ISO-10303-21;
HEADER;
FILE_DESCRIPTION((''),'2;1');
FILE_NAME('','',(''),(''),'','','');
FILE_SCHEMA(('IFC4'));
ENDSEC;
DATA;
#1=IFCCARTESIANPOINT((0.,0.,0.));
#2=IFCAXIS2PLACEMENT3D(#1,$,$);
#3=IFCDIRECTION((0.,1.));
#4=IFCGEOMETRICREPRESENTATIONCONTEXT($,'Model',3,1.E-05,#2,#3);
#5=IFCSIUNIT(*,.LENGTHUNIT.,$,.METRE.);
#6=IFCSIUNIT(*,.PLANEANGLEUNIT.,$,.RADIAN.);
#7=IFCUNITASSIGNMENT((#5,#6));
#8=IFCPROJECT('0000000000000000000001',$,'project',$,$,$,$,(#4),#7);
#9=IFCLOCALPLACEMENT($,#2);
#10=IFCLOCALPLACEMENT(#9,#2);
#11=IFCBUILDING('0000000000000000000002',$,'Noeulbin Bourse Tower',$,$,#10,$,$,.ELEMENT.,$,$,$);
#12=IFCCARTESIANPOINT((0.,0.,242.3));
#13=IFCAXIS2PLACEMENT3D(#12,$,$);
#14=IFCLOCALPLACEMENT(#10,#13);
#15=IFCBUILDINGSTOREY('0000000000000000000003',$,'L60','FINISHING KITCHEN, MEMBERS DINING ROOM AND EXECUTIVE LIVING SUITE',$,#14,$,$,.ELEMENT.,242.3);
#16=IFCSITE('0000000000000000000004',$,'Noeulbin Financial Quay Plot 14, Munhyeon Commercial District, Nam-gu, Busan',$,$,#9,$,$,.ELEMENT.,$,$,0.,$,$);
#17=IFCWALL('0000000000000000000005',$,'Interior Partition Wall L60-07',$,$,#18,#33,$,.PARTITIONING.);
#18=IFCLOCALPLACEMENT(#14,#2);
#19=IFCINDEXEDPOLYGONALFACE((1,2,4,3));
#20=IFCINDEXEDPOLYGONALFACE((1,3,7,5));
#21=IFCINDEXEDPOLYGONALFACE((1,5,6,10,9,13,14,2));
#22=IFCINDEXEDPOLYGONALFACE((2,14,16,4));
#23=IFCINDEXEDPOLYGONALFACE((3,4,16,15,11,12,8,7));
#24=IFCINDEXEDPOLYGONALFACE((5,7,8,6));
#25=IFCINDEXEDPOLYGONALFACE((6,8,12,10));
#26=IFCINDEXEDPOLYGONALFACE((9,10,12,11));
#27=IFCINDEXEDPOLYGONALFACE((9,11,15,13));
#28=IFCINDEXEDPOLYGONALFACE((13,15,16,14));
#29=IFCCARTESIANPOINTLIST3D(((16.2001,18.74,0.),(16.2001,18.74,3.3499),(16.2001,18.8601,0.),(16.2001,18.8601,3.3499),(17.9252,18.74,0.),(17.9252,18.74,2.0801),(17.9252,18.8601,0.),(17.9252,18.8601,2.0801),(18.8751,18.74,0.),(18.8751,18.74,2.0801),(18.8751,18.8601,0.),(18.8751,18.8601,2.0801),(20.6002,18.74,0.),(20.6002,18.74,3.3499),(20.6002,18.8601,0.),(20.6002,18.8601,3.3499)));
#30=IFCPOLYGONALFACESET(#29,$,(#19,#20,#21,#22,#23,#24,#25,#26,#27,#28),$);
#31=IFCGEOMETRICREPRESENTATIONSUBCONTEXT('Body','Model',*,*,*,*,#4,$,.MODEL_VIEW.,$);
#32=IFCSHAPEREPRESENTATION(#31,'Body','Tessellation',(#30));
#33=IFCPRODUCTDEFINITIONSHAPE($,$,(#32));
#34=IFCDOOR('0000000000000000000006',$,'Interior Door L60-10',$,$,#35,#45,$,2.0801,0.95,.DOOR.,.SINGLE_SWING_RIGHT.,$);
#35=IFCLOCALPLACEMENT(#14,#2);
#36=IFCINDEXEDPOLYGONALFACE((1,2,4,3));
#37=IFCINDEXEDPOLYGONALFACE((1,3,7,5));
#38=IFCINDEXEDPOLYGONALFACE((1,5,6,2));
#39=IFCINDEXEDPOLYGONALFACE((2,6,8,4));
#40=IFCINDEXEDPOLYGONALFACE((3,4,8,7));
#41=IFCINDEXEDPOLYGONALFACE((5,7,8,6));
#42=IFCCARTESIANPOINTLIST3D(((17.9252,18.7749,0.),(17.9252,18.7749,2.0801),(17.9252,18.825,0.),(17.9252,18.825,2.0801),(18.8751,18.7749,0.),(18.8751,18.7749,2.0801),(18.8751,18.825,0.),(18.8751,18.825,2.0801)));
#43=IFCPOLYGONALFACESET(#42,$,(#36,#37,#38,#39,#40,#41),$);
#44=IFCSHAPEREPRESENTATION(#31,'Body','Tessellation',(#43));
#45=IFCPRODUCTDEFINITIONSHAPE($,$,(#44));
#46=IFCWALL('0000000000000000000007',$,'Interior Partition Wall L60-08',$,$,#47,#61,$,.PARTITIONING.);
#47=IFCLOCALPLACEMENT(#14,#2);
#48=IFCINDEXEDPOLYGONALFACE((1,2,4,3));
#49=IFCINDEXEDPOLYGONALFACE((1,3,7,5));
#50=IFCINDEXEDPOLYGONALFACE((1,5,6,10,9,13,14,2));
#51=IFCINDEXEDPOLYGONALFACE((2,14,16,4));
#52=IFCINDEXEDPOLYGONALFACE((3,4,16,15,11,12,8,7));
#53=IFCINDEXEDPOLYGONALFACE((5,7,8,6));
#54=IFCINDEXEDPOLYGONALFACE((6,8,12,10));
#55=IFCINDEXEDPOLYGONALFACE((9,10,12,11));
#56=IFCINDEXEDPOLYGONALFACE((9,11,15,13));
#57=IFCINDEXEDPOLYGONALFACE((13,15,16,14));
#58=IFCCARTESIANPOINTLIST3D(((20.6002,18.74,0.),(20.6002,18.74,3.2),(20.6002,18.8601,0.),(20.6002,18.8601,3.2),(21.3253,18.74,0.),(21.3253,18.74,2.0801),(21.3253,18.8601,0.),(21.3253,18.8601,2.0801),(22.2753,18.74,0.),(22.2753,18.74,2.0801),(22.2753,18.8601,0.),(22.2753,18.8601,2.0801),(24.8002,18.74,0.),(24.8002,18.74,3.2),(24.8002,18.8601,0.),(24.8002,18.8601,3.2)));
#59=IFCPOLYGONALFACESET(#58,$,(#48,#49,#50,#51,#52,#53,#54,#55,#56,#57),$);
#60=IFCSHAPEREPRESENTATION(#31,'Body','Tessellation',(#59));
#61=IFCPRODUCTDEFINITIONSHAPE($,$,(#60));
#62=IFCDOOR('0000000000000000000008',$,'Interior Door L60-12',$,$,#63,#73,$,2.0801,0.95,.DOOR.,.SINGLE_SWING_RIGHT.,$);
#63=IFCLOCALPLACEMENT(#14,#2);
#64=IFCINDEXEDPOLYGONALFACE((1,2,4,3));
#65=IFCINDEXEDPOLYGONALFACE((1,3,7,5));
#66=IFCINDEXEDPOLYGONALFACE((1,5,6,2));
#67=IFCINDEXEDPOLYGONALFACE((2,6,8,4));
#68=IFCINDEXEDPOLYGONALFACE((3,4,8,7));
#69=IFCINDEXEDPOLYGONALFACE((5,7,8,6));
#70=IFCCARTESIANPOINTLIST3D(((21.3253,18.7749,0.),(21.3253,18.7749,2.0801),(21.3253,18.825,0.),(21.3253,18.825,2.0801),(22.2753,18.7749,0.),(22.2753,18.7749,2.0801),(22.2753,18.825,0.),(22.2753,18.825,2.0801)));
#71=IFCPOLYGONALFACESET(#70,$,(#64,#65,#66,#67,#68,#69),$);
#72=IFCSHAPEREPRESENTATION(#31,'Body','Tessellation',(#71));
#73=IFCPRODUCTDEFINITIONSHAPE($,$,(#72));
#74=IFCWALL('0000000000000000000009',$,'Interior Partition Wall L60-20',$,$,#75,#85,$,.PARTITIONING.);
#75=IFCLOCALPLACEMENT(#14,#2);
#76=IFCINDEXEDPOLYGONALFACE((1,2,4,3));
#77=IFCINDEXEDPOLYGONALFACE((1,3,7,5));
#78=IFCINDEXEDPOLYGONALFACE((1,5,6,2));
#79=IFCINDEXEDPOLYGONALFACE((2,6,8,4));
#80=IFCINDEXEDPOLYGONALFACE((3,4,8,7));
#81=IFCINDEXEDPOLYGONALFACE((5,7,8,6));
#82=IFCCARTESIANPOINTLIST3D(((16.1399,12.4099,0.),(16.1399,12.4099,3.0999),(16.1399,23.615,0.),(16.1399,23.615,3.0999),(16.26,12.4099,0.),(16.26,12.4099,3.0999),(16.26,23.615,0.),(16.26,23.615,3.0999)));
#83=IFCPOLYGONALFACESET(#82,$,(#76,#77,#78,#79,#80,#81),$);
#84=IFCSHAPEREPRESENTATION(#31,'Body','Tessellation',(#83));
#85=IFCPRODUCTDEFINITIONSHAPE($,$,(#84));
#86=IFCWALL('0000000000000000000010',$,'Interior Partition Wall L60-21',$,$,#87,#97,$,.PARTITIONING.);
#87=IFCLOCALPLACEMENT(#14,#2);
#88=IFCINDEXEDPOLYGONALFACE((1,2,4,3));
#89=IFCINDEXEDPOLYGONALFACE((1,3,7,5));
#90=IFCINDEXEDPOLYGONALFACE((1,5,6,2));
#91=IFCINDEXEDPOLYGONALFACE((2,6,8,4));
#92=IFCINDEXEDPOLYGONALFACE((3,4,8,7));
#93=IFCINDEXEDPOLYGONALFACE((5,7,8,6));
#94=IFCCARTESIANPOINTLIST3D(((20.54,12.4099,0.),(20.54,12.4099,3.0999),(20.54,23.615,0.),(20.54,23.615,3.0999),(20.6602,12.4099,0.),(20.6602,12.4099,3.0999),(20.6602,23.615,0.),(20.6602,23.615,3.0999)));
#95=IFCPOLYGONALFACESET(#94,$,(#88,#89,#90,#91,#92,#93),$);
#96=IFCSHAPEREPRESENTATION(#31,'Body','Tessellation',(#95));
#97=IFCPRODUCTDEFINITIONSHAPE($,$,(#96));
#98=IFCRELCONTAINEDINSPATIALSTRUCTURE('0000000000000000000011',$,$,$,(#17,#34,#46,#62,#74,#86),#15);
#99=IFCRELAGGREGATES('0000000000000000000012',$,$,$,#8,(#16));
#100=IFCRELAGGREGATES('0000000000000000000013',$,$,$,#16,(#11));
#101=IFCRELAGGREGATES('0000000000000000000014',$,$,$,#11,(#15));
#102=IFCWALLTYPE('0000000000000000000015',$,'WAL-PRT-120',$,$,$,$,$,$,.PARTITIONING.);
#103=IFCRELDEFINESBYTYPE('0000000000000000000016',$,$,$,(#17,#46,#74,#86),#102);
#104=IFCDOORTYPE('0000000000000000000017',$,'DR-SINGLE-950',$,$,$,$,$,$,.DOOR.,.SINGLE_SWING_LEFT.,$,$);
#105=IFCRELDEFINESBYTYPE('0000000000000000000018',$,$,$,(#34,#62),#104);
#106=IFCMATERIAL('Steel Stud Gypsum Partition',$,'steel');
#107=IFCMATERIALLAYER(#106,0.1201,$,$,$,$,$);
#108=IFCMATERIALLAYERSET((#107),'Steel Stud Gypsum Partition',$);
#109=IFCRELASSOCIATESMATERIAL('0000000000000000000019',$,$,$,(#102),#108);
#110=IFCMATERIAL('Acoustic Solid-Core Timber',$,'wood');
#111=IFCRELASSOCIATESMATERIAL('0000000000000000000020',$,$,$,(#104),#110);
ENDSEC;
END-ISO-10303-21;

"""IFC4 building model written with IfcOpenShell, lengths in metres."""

from ifc_helpers import new_model, si_unit, direction, frame, frame_2d, origin, place, context, subcontext, project, spatial, rectangle, extrude, material, layer, layer_set, type_object, element, fill, save


model = new_model("IFC4")

# Units and contexts
model_context = context("Model", 3, precision=1e-05, world=origin(), true_north=direction((0.0, 1.0)))
body_context = subcontext(model_context, "Body", "Model", "MODEL_VIEW")
ifc_project = project(units=[si_unit("LENGTHUNIT", "METRE"), si_unit("PLANEANGLEUNIT", "RADIAN")], contexts=[model_context])

# Site, building, storey
site_placement = place(None, origin())
site = spatial("IfcSite", under=ifc_project, at=site_placement, Name="Noeulbin Financial Quay Plot 14, Munhyeon Commercial District, Nam-gu, Busan", CompositionType="ELEMENT", RefElevation=0.0)
building_placement = place(site_placement, origin())
building = spatial("IfcBuilding", under=site, at=building_placement, Name="Noeulbin Bourse Tower", CompositionType="ELEMENT")
storey_placement = place(building_placement, frame((0.0, 0.0, 242.3)))
storey = spatial("IfcBuildingStorey", under=building, at=storey_placement, Name="L60", Description="FINISHING KITCHEN, MEMBERS DINING ROOM AND EXECUTIVE LIVING SUITE", CompositionType="ELEMENT", Elevation=242.3)

# Walls, openings, doors
ifc_material_1 = material(Name="Steel Stud Gypsum Partition", Category="steel")
ifc_layer_1 = layer(ifc_material_1, 0.1201)
ifc_layer_set_1 = layer_set([ifc_layer_1], Name="Steel Stud Gypsum Partition")
wall_type = type_object("IfcWallType", Name="WAL-PRT-120", PredefinedType="PARTITIONING", material=ifc_layer_set_1)
wall_1_placement = place(storey_placement, frame((16.2, 18.8, 0.0), z_axis=(0.0, 0.0, 1.0), x_axis=(1.0, 0.0, 0.0)))
wall_1 = element("IfcWall", 1, at=wall_1_placement, inside=storey, type_object=wall_type, Name="Interior Partition Wall L60-07", PredefinedType="PARTITIONING", context=body_context, shape_type="SweptSolid", body=[
    extrude(rectangle(XDim=4.4001, YDim=0.1201, at=frame_2d((2.2002, 0.0))), origin(), (0.0, 0.0, 1.0), 3.3499),
])
opening_1_placement = place(wall_1_placement, frame((1.7251, 0.0, 0.0)))
opening_1 = element("IfcOpeningElement", 2, at=opening_1_placement, cuts=wall_1, PredefinedType="OPENING", context=body_context, shape_type="SweptSolid", body=[
    extrude(rectangle(XDim=0.95, YDim=2.0801, at=frame_2d((0.4751, 1.04))), frame((0.0, 0.0701, 0.0), z_axis=(0.0, -1.0, 0.0), x_axis=(1.0, 0.0, 0.0)), (0.0, 0.0, 1.0), 0.1401),
])
ifc_material_2 = material(Name="Acoustic Solid-Core Timber", Category="wood")
door_type = type_object("IfcDoorType", Name="DR-SINGLE-950", OperationType="SINGLE_SWING_LEFT", PredefinedType="DOOR", material=ifc_material_2)
door_1_placement = place(opening_1_placement, origin())
door_1 = element("IfcDoor", 3, at=door_1_placement, inside=storey, type_object=door_type, Name="Interior Door L60-10", OperationType="SINGLE_SWING_RIGHT", OverallHeight=2.0801, OverallWidth=0.95, PredefinedType="DOOR", context=body_context, shape_type="SweptSolid", body=[
    extrude(rectangle(XDim=0.95, YDim=2.0801, at=frame_2d((0.4751, 1.04))), frame((0.0, 0.0249, 0.0), z_axis=(0.0, -1.0, 0.0), x_axis=(1.0, 0.0, 0.0)), (0.0, 0.0, 1.0), 0.05),
])
fill(opening_1, door_1)
wall_2_placement = place(storey_placement, frame((20.6001, 18.8, 0.0), z_axis=(0.0, 0.0, 1.0), x_axis=(1.0, 0.0, 0.0)))
wall_2 = element("IfcWall", 4, at=wall_2_placement, inside=storey, type_object=wall_type, Name="Interior Partition Wall L60-08", PredefinedType="PARTITIONING", context=body_context, shape_type="SweptSolid", body=[
    extrude(rectangle(XDim=4.2, YDim=0.1201, at=frame_2d((2.1001, 0.0))), origin(), (0.0, 0.0, 1.0), 3.2),
])
opening_2_placement = place(wall_2_placement, frame((0.7251, 0.0, 0.0)))
opening_2 = element("IfcOpeningElement", 5, at=opening_2_placement, cuts=wall_2, PredefinedType="OPENING", context=body_context, shape_type="SweptSolid", body=[
    extrude(rectangle(XDim=0.95, YDim=2.0801, at=frame_2d((0.4751, 1.04))), frame((0.0, 0.0701, 0.0), z_axis=(0.0, -1.0, 0.0), x_axis=(1.0, 0.0, 0.0)), (0.0, 0.0, 1.0), 0.1401),
])
door_2_placement = place(opening_2_placement, origin())
door_2 = element("IfcDoor", 6, at=door_2_placement, inside=storey, type_object=door_type, Name="Interior Door L60-12", OperationType="SINGLE_SWING_RIGHT", OverallHeight=2.0801, OverallWidth=0.95, PredefinedType="DOOR", context=body_context, shape_type="SweptSolid", body=[
    extrude(rectangle(XDim=0.95, YDim=2.0801, at=frame_2d((0.4751, 1.04))), frame((0.0, 0.0249, 0.0), z_axis=(0.0, -1.0, 0.0), x_axis=(1.0, 0.0, 0.0)), (0.0, 0.0, 1.0), 0.05),
])
fill(opening_2, door_2)

# Walls
for number, where, z_axis, x_axis, name in (
    (7, (16.2, 12.4099, 0.0), (0.0, 0.0, 1.0), (0.0, 1.0, 0.0), "Interior Partition Wall L60-20"),
    (8, (20.6001, 12.4099, 0.0), (0.0, 0.0, 1.0), (0.0, 1.0, 0.0), "Interior Partition Wall L60-21"),
):
    element("IfcWall", number, at=place(storey_placement, frame(where, z_axis=z_axis, x_axis=x_axis)), inside=storey, type_object=wall_type, Name=name, PredefinedType="PARTITIONING", context=body_context, shape_type="SweptSolid", body=[
        extrude(rectangle(XDim=11.2051, YDim=0.1201, at=frame_2d((5.6025, 0.0))), origin(), (0.0, 0.0, 1.0), 3.0999),
    ])

save(model, "model.ifc")
